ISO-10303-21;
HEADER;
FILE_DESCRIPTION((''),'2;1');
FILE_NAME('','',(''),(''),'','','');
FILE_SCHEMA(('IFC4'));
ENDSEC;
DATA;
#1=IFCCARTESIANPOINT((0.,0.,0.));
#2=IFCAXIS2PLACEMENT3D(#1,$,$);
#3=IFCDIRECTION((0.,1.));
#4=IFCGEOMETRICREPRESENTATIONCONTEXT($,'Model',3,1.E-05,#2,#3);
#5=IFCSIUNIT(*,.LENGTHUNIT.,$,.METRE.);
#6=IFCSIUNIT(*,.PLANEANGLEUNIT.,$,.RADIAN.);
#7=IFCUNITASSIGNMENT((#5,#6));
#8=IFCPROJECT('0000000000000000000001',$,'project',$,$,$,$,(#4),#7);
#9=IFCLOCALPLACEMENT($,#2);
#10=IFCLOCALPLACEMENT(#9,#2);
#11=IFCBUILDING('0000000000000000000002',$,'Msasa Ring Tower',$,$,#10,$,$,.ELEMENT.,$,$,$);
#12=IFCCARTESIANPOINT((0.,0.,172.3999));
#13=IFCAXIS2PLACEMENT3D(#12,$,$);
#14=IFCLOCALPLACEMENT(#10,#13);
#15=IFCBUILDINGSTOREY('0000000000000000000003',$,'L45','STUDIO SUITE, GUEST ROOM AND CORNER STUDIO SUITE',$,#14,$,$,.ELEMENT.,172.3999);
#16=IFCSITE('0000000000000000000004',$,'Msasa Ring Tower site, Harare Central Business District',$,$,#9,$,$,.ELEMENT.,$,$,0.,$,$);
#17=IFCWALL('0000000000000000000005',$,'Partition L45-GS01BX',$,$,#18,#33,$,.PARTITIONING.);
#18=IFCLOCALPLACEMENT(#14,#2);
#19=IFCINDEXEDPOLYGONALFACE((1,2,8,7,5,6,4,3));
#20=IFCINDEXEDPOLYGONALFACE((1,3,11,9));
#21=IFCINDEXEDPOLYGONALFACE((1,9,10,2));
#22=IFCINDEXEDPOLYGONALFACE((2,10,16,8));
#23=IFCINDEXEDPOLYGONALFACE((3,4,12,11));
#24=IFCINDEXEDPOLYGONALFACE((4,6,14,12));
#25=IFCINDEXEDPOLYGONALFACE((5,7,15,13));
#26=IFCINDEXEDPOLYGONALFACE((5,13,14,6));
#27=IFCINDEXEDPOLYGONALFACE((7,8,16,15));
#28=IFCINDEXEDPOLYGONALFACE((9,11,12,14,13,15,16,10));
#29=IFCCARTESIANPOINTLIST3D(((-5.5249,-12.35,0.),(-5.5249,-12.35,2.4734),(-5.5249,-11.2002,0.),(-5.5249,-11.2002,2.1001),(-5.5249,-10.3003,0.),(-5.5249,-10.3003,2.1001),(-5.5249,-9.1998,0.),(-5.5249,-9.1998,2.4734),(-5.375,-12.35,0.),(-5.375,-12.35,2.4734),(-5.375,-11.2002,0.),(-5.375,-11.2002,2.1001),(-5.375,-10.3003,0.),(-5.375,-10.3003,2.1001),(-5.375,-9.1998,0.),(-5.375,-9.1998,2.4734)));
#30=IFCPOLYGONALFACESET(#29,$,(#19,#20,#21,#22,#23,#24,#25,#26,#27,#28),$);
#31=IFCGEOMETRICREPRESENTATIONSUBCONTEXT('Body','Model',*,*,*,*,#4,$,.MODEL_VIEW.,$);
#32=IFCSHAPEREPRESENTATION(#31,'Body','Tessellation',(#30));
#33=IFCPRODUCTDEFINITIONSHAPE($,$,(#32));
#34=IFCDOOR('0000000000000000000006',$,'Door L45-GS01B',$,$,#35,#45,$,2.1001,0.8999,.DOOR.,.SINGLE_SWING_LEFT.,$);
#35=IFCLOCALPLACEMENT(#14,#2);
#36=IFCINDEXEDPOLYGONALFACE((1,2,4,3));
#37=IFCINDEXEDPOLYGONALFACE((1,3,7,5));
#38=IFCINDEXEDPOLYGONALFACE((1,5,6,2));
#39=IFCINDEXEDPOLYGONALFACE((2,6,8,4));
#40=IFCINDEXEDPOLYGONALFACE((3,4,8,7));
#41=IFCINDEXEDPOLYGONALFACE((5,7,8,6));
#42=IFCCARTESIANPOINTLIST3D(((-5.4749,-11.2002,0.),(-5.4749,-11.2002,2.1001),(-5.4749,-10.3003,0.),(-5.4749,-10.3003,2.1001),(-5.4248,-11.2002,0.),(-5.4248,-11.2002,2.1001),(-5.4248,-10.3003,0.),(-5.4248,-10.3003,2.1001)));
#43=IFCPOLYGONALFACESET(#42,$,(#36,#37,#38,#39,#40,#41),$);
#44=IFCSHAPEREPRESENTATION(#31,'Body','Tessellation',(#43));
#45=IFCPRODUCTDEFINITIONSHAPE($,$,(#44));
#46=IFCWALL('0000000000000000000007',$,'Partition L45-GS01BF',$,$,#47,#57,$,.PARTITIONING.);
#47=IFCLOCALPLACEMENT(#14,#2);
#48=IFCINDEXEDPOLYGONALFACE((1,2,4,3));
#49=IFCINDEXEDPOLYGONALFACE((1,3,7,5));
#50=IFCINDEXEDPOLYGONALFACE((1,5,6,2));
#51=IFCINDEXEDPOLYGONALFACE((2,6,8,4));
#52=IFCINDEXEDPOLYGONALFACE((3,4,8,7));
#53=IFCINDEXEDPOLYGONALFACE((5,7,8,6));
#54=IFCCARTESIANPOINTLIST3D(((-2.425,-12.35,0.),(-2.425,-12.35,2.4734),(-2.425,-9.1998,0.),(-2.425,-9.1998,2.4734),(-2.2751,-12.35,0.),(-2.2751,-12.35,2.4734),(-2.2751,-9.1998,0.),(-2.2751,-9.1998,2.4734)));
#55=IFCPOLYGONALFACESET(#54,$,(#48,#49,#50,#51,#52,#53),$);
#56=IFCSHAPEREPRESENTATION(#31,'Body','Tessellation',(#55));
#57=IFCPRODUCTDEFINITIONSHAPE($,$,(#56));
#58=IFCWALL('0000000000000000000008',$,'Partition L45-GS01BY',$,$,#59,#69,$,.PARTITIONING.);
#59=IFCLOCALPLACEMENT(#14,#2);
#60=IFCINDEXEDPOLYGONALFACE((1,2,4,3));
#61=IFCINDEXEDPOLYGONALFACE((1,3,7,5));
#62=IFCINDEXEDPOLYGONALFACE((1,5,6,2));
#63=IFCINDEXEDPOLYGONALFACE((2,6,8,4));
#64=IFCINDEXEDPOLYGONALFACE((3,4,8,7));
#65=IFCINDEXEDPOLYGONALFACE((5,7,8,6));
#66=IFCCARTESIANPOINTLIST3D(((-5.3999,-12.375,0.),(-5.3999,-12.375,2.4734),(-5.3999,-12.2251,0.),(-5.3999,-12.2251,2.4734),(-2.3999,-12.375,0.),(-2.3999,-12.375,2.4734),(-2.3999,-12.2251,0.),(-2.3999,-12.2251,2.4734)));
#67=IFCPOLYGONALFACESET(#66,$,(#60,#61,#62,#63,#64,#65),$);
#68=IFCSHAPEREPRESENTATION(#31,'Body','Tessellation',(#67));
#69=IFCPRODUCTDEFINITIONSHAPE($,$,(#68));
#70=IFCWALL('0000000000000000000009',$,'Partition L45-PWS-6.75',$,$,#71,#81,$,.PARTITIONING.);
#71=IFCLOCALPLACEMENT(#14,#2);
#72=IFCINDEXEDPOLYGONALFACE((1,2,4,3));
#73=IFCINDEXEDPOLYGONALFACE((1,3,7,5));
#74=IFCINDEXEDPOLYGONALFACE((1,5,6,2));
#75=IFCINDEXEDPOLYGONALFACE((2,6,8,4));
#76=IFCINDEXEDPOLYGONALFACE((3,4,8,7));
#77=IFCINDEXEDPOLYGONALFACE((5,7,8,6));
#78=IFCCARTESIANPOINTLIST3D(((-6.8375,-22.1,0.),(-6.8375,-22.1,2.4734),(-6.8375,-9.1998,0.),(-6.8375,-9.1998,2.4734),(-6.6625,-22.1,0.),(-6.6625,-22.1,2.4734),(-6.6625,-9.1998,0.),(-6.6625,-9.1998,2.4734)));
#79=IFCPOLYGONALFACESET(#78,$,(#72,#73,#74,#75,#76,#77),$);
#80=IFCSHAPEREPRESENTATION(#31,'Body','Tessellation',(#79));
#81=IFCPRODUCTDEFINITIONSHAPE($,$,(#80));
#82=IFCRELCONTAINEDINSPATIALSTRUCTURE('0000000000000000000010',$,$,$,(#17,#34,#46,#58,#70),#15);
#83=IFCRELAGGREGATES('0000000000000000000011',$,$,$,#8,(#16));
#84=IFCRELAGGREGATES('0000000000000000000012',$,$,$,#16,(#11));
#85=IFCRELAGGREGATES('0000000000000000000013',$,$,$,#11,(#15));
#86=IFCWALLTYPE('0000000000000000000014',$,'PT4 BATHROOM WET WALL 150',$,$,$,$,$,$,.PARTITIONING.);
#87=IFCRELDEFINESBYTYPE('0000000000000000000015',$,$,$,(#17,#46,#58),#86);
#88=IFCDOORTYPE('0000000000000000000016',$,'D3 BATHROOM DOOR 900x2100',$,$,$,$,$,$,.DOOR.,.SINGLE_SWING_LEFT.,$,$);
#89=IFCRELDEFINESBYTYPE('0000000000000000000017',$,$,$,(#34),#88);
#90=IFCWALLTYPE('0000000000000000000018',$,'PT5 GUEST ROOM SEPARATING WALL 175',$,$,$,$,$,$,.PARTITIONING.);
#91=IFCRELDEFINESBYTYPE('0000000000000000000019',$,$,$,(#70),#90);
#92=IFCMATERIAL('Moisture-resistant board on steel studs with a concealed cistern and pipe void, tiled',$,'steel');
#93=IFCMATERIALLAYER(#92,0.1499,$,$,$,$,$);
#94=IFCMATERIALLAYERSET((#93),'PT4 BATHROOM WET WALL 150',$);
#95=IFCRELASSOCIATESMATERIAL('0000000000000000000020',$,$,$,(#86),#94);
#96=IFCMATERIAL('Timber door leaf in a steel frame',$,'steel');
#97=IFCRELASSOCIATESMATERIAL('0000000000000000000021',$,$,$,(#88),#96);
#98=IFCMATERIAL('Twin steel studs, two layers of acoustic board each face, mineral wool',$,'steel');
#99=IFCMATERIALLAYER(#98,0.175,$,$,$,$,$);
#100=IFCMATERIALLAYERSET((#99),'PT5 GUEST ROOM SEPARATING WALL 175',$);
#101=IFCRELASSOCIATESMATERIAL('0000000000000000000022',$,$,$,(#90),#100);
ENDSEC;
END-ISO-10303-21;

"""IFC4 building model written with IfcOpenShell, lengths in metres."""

from ifc_helpers import new_model, si_unit, direction, frame, frame_2d, origin, place, context, subcontext, project, spatial, rectangle, extrude, material, layer, layer_set, type_object, element, fill, save


model = new_model("IFC4")

# Units and contexts
model_context = context("Model", 3, precision=1e-05, world=origin(), true_north=direction((0.0, 1.0)))
body_context = subcontext(model_context, "Body", "Model", "MODEL_VIEW")
ifc_project = project(units=[si_unit("LENGTHUNIT", "METRE"), si_unit("PLANEANGLEUNIT", "RADIAN")], contexts=[model_context])

# Site, building, storey
site_placement = place(None, origin())
site = spatial("IfcSite", under=ifc_project, at=site_placement, Name="Msasa Ring Tower site, Harare Central Business District", CompositionType="ELEMENT", RefElevation=0.0)
building_placement = place(site_placement, origin())
building = spatial("IfcBuilding", under=site, at=building_placement, Name="Msasa Ring Tower", CompositionType="ELEMENT")
storey_placement = place(building_placement, frame((0.0, 0.0, 172.3999)))
storey = spatial("IfcBuildingStorey", under=building, at=storey_placement, Name="L45", Description="STUDIO SUITE, GUEST ROOM AND CORNER STUDIO SUITE", CompositionType="ELEMENT", Elevation=172.3999)

# Shared definitions
ifc_material_1 = material(Name="Moisture-resistant board on steel studs with a concealed cistern and pipe void, tiled", Category="steel")
ifc_layer_1 = layer(ifc_material_1, 0.1499)
ifc_layer_set_1 = layer_set([ifc_layer_1], Name="PT4 BATHROOM WET WALL 150")
wall_type_1 = type_object("IfcWallType", Name="PT4 BATHROOM WET WALL 150", PredefinedType="PARTITIONING", material=ifc_layer_set_1)

# Wall, opening, door
wall_1_placement = place(storey_placement, frame((-5.45, -12.3501, 0.0), z_axis=(0.0, 0.0, 1.0), x_axis=(0.0, 1.0, 0.0)))
wall_1 = element("IfcWall", 1, at=wall_1_placement, inside=storey, type_object=wall_type_1, Name="Partition L45-GS01BX", PredefinedType="PARTITIONING", context=body_context, shape_type="SweptSolid", body=[
    extrude(rectangle(XDim=3.1501, YDim=0.1499, at=frame_2d((1.5752, 0.0))), origin(), (0.0, 0.0, 1.0), 2.4734),
])
opening_1_placement = place(wall_1_placement, frame((1.1499, 0.0, 0.0)))
opening_1 = element("IfcOpeningElement", 2, at=opening_1_placement, cuts=wall_1, PredefinedType="OPENING", context=body_context, shape_type="SweptSolid", body=[
    extrude(rectangle(XDim=0.8999, YDim=2.1001, at=frame_2d((0.45, 1.05))), frame((0.0, 0.085, 0.0), z_axis=(0.0, -1.0, 0.0), x_axis=(1.0, 0.0, 0.0)), (0.0, 0.0, 1.0), 0.1699),
])
ifc_material_2 = material(Name="Timber door leaf in a steel frame", Category="steel")
door_type = type_object("IfcDoorType", Name="D3 BATHROOM DOOR 900x2100", OperationType="SINGLE_SWING_LEFT", PredefinedType="DOOR", material=ifc_material_2)
door_placement = place(opening_1_placement, origin())
door = element("IfcDoor", 3, at=door_placement, inside=storey, type_object=door_type, Name="Door L45-GS01B", OperationType="SINGLE_SWING_LEFT", OverallHeight=2.1001, OverallWidth=0.8999, PredefinedType="DOOR", context=body_context, shape_type="SweptSolid", body=[
    extrude(rectangle(XDim=0.8999, YDim=2.1001, at=frame_2d((0.45, 1.05))), frame((0.0, 0.0249, 0.0), z_axis=(0.0, -1.0, 0.0), x_axis=(1.0, 0.0, 0.0)), (0.0, 0.0, 1.0), 0.05),
])
fill(opening_1, door)

# Walls
wall_2_placement = place(storey_placement, frame((-2.3501, -12.3501, 0.0), z_axis=(0.0, 0.0, 1.0), x_axis=(0.0, 1.0, 0.0)))
element("IfcWall", 4, at=wall_2_placement, inside=storey, type_object=wall_type_1, Name="Partition L45-GS01BF", PredefinedType="PARTITIONING", context=body_context, shape_type="SweptSolid", body=[
    extrude(rectangle(XDim=3.1501, YDim=0.1499, at=frame_2d((1.5752, 0.0))), origin(), (0.0, 0.0, 1.0), 2.4734),
])
wall_3_placement = place(storey_placement, frame((-5.3999, -12.3, 0.0), z_axis=(0.0, 0.0, 1.0), x_axis=(1.0, 0.0, 0.0)))
element("IfcWall", 5, at=wall_3_placement, inside=storey, type_object=wall_type_1, Name="Partition L45-GS01BY", PredefinedType="PARTITIONING", context=body_context, shape_type="SweptSolid", body=[
    extrude(rectangle(XDim=3.0, YDim=0.1499, at=frame_2d((1.5, 0.0))), origin(), (0.0, 0.0, 1.0), 2.4734),
])
ifc_material_3 = material(Name="Twin steel studs, two layers of acoustic board each face, mineral wool", Category="steel")
ifc_layer_2 = layer(ifc_material_3, 0.175)
ifc_layer_set_2 = layer_set([ifc_layer_2], Name="PT5 GUEST ROOM SEPARATING WALL 175")
wall_type_2 = type_object("IfcWallType", Name="PT5 GUEST ROOM SEPARATING WALL 175", PredefinedType="PARTITIONING", material=ifc_layer_set_2)
wall_4_placement = place(storey_placement, frame((-6.75, -22.1001, 0.0), z_axis=(0.0, 0.0, 1.0), x_axis=(0.0, 1.0, 0.0)))
element("IfcWall", 6, at=wall_4_placement, inside=storey, type_object=wall_type_2, Name="Partition L45-PWS-6.75", PredefinedType="PARTITIONING", context=body_context, shape_type="SweptSolid", body=[
    extrude(rectangle(XDim=12.9001, YDim=0.175, at=frame_2d((6.4502, 0.0))), origin(), (0.0, 0.0, 1.0), 2.4734),
])

save(model, "model.ifc")
